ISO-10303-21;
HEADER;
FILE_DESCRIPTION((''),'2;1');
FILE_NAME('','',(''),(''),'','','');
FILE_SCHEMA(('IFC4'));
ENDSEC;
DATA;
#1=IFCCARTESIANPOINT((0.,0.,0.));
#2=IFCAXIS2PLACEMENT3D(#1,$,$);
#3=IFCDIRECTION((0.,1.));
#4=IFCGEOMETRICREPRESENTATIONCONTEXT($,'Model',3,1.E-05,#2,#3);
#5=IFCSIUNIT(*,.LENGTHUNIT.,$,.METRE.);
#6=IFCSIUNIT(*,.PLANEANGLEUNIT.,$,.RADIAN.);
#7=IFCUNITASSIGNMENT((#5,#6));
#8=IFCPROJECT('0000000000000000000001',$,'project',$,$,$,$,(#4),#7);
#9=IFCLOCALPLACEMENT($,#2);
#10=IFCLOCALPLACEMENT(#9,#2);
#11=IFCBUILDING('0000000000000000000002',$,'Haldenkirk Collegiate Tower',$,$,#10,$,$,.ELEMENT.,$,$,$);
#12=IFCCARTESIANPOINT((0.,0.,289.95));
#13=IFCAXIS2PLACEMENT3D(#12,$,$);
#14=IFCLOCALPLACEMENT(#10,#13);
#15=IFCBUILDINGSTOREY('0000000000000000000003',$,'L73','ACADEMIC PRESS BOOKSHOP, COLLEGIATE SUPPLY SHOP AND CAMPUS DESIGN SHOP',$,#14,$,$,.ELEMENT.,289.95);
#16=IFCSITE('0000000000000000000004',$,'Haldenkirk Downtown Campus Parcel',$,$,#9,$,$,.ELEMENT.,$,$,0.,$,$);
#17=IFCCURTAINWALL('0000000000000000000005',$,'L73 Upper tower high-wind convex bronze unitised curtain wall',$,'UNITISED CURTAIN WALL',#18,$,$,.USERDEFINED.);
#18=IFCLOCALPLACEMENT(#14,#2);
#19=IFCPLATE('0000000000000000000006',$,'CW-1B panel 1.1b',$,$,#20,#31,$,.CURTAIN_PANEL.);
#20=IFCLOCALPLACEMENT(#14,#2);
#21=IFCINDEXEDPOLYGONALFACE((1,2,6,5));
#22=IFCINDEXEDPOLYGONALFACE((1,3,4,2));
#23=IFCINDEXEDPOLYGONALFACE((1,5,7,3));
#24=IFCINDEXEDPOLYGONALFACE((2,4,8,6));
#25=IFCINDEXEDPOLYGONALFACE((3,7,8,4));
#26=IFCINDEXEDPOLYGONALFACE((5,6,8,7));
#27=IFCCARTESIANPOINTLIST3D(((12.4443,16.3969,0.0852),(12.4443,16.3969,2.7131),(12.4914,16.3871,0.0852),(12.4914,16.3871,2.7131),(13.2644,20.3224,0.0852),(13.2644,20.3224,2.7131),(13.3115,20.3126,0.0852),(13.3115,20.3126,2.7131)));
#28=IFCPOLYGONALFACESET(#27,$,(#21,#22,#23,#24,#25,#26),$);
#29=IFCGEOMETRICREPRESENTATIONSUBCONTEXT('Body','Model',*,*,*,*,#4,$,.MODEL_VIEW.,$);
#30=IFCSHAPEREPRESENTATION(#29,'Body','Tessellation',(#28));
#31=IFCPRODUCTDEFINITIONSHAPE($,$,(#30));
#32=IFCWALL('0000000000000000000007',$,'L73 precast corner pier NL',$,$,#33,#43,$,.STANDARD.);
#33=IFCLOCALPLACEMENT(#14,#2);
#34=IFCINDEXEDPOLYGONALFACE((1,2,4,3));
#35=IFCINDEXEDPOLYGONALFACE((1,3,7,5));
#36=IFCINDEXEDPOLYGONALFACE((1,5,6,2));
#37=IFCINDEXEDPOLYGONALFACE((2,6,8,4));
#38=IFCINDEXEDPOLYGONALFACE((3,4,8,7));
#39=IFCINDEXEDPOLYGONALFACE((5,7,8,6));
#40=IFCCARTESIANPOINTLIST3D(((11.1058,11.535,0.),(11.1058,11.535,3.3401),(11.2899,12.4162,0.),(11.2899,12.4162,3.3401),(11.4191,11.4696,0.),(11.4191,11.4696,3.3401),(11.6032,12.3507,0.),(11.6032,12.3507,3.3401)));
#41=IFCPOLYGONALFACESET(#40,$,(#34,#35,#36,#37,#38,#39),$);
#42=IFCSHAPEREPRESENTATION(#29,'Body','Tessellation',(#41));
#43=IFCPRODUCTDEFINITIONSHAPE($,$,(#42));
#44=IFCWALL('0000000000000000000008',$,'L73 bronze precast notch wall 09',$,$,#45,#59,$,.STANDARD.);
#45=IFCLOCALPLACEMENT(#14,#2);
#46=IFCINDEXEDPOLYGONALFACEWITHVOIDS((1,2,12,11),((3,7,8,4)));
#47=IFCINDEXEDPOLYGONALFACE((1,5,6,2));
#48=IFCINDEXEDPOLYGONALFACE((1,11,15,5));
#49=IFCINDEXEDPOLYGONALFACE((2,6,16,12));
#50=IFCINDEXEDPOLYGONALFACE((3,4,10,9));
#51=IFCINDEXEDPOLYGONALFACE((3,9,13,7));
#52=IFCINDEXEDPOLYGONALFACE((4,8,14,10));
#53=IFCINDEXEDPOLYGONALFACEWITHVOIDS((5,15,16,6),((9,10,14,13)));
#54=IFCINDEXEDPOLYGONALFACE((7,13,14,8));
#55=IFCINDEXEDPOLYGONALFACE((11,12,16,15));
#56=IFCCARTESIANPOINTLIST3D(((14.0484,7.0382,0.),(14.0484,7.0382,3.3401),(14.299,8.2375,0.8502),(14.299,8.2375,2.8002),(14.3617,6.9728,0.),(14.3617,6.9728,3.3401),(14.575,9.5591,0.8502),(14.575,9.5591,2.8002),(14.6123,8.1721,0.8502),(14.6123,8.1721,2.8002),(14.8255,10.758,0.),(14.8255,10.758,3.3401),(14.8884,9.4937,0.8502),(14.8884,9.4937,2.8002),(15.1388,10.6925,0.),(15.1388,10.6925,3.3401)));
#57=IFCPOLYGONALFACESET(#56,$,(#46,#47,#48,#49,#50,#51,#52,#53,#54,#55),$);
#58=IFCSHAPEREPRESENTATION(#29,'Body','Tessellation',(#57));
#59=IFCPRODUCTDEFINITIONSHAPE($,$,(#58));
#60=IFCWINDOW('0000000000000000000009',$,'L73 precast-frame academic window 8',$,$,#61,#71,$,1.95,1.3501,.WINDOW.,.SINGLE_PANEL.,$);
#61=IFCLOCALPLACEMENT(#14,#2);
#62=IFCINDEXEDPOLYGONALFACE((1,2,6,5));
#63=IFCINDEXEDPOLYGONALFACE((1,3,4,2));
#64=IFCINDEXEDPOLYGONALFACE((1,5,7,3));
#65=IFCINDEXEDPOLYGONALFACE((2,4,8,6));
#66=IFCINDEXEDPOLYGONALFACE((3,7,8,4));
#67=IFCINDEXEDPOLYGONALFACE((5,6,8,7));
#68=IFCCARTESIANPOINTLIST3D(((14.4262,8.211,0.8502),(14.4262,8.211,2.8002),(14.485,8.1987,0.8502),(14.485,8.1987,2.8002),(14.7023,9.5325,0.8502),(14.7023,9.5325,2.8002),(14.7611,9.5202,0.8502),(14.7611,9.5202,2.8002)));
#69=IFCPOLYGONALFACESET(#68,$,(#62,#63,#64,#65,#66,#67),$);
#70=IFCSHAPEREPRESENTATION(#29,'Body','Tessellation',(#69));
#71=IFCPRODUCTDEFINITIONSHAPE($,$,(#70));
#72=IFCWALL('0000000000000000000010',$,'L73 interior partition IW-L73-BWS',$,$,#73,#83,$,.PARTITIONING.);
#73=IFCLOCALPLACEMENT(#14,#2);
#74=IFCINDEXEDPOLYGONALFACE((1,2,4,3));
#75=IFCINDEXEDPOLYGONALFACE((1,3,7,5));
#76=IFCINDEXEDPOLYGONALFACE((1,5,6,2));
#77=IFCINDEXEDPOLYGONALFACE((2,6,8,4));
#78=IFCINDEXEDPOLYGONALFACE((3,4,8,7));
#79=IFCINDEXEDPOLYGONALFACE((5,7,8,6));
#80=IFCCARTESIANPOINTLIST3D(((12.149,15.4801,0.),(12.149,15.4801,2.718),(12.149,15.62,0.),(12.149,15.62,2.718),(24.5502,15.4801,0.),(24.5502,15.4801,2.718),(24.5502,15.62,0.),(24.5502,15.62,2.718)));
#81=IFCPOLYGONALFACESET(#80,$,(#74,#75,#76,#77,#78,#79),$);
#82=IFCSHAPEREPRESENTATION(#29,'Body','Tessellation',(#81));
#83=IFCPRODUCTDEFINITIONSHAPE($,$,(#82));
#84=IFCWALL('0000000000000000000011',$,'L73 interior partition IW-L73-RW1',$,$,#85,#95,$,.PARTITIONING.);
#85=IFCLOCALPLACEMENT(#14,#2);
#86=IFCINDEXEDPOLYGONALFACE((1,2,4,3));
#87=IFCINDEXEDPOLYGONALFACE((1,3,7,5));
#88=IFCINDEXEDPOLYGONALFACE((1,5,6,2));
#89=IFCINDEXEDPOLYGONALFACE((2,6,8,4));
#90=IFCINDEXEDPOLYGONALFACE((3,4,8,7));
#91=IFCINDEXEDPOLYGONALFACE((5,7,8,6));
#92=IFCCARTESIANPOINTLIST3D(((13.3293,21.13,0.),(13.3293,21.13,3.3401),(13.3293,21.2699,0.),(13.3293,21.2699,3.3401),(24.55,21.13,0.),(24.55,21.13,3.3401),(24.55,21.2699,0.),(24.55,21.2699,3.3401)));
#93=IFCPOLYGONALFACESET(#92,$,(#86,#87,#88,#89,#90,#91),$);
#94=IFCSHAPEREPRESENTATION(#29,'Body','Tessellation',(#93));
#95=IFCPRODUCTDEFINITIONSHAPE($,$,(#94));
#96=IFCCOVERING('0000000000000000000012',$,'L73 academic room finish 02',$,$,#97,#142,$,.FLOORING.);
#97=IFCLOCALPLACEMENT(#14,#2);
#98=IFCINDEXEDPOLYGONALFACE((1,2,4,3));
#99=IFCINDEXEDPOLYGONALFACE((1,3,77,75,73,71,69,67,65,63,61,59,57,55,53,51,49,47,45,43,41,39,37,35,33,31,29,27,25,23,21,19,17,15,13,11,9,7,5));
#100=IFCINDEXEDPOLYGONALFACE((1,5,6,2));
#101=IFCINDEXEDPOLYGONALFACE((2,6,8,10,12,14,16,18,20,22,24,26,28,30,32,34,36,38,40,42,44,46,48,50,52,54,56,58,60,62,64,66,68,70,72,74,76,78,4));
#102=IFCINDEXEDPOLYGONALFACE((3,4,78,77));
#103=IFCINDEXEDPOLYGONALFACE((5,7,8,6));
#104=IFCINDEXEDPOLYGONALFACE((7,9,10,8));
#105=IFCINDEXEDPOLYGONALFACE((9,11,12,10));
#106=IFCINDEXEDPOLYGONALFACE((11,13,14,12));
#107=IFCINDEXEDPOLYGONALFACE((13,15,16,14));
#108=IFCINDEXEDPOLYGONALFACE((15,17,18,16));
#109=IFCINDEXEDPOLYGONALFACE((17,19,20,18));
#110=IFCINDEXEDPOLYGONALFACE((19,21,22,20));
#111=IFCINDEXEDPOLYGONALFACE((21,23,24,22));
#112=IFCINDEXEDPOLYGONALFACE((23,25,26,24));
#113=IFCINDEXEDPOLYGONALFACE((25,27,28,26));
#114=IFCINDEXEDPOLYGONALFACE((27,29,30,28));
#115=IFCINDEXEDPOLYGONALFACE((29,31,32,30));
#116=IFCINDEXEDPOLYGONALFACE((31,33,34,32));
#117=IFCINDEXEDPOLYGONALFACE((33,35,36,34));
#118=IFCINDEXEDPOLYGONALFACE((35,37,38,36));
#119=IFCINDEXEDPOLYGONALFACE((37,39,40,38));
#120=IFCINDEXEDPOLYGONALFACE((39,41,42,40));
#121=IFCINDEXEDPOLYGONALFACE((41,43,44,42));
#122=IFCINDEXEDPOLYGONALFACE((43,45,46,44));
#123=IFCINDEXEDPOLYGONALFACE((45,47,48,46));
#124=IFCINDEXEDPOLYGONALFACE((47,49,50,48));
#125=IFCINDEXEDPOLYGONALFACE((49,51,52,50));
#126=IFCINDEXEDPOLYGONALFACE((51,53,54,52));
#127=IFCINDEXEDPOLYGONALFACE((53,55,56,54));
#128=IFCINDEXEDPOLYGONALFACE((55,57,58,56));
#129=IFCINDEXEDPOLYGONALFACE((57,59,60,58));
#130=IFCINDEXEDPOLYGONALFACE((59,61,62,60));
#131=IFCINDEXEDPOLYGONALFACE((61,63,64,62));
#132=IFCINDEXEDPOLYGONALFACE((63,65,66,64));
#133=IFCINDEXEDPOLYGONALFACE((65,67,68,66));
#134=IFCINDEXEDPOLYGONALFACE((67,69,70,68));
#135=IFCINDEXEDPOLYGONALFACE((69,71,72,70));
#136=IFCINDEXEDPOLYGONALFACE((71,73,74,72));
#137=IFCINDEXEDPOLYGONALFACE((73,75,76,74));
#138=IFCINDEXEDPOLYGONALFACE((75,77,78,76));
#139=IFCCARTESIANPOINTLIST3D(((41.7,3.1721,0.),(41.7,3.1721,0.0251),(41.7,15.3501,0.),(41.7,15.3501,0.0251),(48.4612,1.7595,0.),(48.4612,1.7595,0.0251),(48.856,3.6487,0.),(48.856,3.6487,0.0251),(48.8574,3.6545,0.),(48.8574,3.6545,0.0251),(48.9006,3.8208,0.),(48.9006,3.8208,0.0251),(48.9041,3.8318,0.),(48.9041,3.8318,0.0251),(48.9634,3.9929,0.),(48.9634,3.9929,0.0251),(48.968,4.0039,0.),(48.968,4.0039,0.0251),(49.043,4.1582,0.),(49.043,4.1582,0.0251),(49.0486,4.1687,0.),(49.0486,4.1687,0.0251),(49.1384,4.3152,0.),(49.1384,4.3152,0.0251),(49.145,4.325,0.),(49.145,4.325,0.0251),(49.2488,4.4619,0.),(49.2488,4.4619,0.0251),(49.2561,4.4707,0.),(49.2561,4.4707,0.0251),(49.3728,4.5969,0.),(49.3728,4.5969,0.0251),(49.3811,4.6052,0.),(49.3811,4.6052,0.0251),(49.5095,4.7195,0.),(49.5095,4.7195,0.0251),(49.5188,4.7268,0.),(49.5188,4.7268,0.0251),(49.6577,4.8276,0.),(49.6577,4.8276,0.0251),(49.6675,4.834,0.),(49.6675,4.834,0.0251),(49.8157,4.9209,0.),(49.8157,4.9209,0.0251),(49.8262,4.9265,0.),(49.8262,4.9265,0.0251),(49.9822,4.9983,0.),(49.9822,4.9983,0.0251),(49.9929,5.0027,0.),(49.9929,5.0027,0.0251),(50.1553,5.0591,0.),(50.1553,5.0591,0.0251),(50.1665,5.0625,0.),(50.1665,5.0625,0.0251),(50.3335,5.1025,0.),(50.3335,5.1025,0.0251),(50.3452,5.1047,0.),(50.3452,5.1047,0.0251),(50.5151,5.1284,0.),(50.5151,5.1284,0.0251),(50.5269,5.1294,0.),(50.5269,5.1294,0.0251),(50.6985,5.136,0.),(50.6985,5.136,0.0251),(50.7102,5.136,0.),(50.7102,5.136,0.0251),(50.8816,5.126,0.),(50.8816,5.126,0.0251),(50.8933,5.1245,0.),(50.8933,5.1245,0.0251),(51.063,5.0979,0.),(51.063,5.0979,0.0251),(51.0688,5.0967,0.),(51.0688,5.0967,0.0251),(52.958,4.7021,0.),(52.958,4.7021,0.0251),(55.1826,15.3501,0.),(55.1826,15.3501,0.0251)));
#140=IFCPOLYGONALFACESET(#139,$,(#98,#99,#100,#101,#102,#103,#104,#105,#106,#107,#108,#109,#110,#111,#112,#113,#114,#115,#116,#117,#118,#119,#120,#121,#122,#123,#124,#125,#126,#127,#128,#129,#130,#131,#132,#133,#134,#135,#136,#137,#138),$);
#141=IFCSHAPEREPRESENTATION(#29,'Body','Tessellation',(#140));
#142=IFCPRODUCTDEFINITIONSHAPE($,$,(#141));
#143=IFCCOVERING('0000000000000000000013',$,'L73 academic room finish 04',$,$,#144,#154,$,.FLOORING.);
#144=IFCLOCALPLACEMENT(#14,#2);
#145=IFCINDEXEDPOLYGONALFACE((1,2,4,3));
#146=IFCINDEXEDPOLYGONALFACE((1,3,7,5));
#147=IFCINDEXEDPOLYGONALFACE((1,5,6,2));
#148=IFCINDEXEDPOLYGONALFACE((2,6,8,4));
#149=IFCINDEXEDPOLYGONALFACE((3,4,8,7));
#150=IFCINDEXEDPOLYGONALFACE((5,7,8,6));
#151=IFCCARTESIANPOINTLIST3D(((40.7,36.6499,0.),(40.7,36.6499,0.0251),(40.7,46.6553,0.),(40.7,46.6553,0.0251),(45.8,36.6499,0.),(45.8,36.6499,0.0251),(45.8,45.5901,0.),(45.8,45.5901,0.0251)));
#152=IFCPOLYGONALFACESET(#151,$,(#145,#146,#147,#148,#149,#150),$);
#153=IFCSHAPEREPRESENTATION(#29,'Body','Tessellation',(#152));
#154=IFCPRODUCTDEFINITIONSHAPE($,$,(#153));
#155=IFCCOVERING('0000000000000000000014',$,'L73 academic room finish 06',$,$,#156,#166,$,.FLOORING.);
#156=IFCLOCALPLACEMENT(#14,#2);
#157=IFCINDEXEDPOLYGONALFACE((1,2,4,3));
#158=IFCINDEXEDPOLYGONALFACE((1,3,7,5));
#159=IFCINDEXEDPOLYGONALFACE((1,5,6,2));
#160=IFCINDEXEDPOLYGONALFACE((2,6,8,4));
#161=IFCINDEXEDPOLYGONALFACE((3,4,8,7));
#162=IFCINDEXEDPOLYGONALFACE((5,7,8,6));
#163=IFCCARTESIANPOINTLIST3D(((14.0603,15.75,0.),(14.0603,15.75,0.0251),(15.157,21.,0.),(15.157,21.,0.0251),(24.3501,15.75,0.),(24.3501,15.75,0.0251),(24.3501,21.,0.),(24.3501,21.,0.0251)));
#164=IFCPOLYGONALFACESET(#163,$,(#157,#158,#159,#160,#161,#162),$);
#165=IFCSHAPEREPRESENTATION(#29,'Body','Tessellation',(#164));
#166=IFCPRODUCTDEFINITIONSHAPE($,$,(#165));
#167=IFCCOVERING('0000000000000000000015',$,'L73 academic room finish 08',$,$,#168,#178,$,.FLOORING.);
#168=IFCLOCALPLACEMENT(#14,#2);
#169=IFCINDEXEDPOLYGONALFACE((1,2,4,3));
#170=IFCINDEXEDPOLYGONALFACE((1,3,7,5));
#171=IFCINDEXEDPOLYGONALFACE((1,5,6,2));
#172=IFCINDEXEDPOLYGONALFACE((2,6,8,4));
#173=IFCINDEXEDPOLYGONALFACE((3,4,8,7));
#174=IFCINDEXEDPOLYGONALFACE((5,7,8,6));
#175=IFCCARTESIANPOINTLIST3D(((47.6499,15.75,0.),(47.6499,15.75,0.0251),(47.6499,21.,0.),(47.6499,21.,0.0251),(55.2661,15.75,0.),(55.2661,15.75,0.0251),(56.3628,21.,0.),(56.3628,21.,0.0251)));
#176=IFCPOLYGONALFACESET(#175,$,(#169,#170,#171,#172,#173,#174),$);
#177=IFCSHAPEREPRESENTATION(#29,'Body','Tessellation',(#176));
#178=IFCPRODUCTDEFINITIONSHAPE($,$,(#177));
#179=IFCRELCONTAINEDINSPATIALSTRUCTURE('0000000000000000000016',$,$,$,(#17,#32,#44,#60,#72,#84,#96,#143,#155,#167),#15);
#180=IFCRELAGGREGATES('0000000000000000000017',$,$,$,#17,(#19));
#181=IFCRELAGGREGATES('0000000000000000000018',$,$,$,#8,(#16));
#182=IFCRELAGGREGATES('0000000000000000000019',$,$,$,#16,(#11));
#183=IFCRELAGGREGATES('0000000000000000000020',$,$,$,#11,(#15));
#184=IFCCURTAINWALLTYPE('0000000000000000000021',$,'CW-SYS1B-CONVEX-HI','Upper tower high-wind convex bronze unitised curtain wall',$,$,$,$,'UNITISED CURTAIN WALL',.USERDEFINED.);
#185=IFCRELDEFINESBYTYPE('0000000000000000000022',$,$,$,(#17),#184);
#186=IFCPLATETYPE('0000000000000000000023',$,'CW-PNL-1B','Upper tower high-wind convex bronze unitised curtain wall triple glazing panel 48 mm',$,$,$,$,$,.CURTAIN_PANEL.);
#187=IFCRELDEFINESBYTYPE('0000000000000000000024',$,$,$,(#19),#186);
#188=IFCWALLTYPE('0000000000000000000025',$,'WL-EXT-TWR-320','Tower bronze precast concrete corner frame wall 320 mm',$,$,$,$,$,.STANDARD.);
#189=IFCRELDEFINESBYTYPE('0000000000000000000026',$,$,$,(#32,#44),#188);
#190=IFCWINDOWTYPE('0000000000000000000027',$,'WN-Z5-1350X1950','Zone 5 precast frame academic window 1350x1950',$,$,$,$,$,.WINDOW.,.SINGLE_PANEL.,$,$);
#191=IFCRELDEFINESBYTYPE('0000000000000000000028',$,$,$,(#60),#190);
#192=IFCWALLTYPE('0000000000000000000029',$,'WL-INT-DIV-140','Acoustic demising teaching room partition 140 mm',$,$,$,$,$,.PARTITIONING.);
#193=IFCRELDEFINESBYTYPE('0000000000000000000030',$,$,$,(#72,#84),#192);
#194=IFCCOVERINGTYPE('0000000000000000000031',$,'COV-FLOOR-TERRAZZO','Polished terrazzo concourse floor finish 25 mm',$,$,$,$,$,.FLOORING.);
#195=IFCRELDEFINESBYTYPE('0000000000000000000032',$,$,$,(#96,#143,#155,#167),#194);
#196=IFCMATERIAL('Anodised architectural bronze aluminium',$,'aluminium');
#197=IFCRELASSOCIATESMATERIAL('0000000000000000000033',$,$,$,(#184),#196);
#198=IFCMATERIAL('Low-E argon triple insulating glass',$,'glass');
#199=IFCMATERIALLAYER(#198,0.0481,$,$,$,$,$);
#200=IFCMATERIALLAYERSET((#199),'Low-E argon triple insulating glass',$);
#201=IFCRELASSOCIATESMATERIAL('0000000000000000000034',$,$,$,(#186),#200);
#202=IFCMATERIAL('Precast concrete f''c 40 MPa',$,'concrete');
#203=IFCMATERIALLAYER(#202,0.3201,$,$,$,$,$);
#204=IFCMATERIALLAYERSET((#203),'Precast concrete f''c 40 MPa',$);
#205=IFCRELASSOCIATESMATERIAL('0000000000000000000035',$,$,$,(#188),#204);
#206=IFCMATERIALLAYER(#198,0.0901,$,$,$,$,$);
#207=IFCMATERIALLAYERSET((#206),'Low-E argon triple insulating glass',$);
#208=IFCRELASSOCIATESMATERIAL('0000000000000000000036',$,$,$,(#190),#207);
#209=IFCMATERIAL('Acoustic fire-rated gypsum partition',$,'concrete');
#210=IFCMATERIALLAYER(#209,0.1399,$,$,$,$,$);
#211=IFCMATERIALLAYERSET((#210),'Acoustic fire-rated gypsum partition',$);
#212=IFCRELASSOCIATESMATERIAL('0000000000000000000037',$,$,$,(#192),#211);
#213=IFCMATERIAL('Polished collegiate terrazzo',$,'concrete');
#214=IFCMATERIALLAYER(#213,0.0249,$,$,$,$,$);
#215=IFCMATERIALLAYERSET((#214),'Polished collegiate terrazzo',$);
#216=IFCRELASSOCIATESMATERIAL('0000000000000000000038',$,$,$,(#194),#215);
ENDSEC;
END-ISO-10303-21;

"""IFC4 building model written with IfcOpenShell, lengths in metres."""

from ifc_helpers import new_model, si_unit, direction, frame, frame_2d, origin, origin_2d, place, context, subcontext, project, spatial, polyline, rectangle, outline, extrude, source, transform, mapped, material, layer, layer_set, type_object, element, fill, aggregate, save


model = new_model("IFC4")

# Units and contexts
model_context = context("Model", 3, precision=1e-05, world=origin(), true_north=direction((0.0, 1.0)))
body_context = subcontext(model_context, "Body", "Model", "MODEL_VIEW")
ifc_project = project(units=[si_unit("LENGTHUNIT", "METRE"), si_unit("PLANEANGLEUNIT", "RADIAN")], contexts=[model_context])

# Site, building, storey
site_placement = place(None, origin())
site = spatial("IfcSite", under=ifc_project, at=site_placement, Name="Haldenkirk Downtown Campus Parcel", CompositionType="ELEMENT", RefElevation=0.0)
building_placement = place(site_placement, origin())
building = spatial("IfcBuilding", under=site, at=building_placement, Name="Haldenkirk Collegiate Tower", CompositionType="ELEMENT")
storey_placement = place(building_placement, frame((0.0, 0.0, 289.95)))
storey = spatial("IfcBuildingStorey", under=building, at=storey_placement, Name="L73", Description="ACADEMIC PRESS BOOKSHOP, COLLEGIATE SUPPLY SHOP AND CAMPUS DESIGN SHOP", CompositionType="ELEMENT", Elevation=289.95)

# Curtain wall
ifc_material_1 = material(Name="Anodised architectural bronze aluminium", Category="aluminium")
curtain_wall_type = type_object("IfcCurtainWallType", Name="CW-SYS1B-CONVEX-HI", Description="Upper tower high-wind convex bronze unitised curtain wall", ElementType="UNITISED CURTAIN WALL", PredefinedType="USERDEFINED", material=ifc_material_1)
curtain_wall_placement = place(storey_placement, origin())
curtain_wall = element("IfcCurtainWall", 1, at=curtain_wall_placement, inside=storey, type_object=curtain_wall_type, Name="L73 Upper tower high-wind convex bronze unitised curtain wall", ObjectType="UNITISED CURTAIN WALL", PredefinedType="USERDEFINED")

# Plate
ifc_material_2 = material(Name="Low-E argon triple insulating glass", Category="glass")
ifc_layer_1 = layer(ifc_material_2, 0.0481)
ifc_layer_set_1 = layer_set([ifc_layer_1], Name="Low-E argon triple insulating glass")
plate_type = type_object("IfcPlateType", Name="CW-PNL-1B", Description="Upper tower high-wind convex bronze unitised curtain wall triple glazing panel 48 mm", PredefinedType="CURTAIN_PANEL", material=ifc_layer_set_1)
shared_shape_1 = source(origin(), body_context, "Body", "SweptSolid", [
    extrude(rectangle(XDim=4.0103, YDim=0.0481, at=origin_2d()), origin(), (0.0, 0.0, 1.0), 2.6279),
])
plate_1_placement = place(storey_placement, frame((12.8779, 18.3547, 0.0852), z_axis=(0.0, 0.0, 1.0), x_axis=(0.204499, 0.978867, 0.0)))
plate_1 = element("IfcPlate", 2, at=plate_1_placement, type_object=plate_type, Name="CW-1B panel 1.1b", PredefinedType="CURTAIN_PANEL", context=body_context, shape_type="MappedRepresentation", body=[
    mapped(shared_shape_1, transform((0.0, 0.0, 0.0), x_axis=(1.0, 0.0, 0.0), y_axis=(0.0, 1.0, 0.0), z_axis=(0.0, 0.0, 1.0), scale=1.0)),
])
aggregate(curtain_wall, [plate_1])

# Wall
ifc_material_3 = material(Name="Precast concrete f'c 40 MPa", Category="concrete")
ifc_layer_2 = layer(ifc_material_3, 0.3201)
ifc_layer_set_2 = layer_set([ifc_layer_2], Name="Precast concrete f'c 40 MPa")
wall_type_1 = type_object("IfcWallType", Name="WL-EXT-TWR-320", Description="Tower bronze precast concrete corner frame wall 320 mm", PredefinedType="STANDARD", material=ifc_layer_set_2)
wall_1_placement = place(storey_placement, frame((11.2625, 11.5022, 0.0), z_axis=(0.0, 0.0, 1.0), x_axis=(0.204507, 0.978865, 0.0)))
element("IfcWall", 3, at=wall_1_placement, inside=storey, type_object=wall_type_1, Name="L73 precast corner pier NL", PredefinedType="STANDARD", context=body_context, shape_type="SweptSolid", body=[
    extrude(rectangle(XDim=0.9001, YDim=0.3201, at=frame_2d((0.4502, 0.0))), origin(), (0.0, 0.0, 1.0), 3.3401),
])

# Wall, opening, window
wall_2_placement = place(storey_placement, frame((14.2051, 7.0056, 0.0), z_axis=(0.0, 0.0, 1.0), x_axis=(0.204498, 0.978867, 0.0)))
wall_2 = element("IfcWall", 4, at=wall_2_placement, inside=storey, type_object=wall_type_1, Name="L73 bronze precast notch wall 09", PredefinedType="STANDARD", context=body_context, shape_type="SweptSolid", body=[
    extrude(rectangle(XDim=3.8, YDim=0.3201, at=frame_2d((1.8999, 0.0))), origin(), (0.0, 0.0, 1.0), 3.3401),
])
opening_placement = place(wall_2_placement, frame((1.2251, 0.0, 0.8501)))
opening = element("IfcOpeningElement", 5, at=opening_placement, cuts=wall_2, PredefinedType="OPENING", context=body_context, shape_type="SweptSolid", body=[
    extrude(rectangle(XDim=1.3501, YDim=1.95, at=frame_2d((0.675, 0.9751))), frame((0.0, 0.1699, 0.0), z_axis=(0.0, -1.0, 0.0), x_axis=(1.0, 0.0, 0.0)), (0.0, 0.0, 1.0), 0.3401),
])
ifc_layer_3 = layer(ifc_material_2, 0.0901)
ifc_layer_set_3 = layer_set([ifc_layer_3], Name="Low-E argon triple insulating glass")
window_type = type_object("IfcWindowType", Name="WN-Z5-1350X1950", Description="Zone 5 precast frame academic window 1350x1950", PartitioningType="SINGLE_PANEL", PredefinedType="WINDOW", material=ifc_layer_set_3)
window_placement = place(opening_placement, origin())
window = element("IfcWindow", 6, at=window_placement, inside=storey, type_object=window_type, Name="L73 precast-frame academic window 8", OverallHeight=1.95, OverallWidth=1.3501, PartitioningType="SINGLE_PANEL", PredefinedType="WINDOW", context=body_context, shape_type="SweptSolid", body=[
    extrude(rectangle(XDim=1.3501, YDim=1.95, at=frame_2d((0.675, 0.9751))), frame((0.0, 0.03, 0.0), z_axis=(0.0, -1.0, 0.0), x_axis=(1.0, 0.0, 0.0)), (0.0, 0.0, 1.0), 0.0601),
])
fill(opening, window)

# Walls
ifc_material_4 = material(Name="Acoustic fire-rated gypsum partition", Category="concrete")
ifc_layer_4 = layer(ifc_material_4, 0.1399)
ifc_layer_set_4 = layer_set([ifc_layer_4], Name="Acoustic fire-rated gypsum partition")
wall_type_2 = type_object("IfcWallType", Name="WL-INT-DIV-140", Description="Acoustic demising teaching room partition 140 mm", PredefinedType="PARTITIONING", material=ifc_layer_set_4)
wall_3_placement = place(storey_placement, frame((12.1489, 15.55, 0.0), z_axis=(0.0, 0.0, 1.0), x_axis=(1.0, 0.0, 0.0)))
element("IfcWall", 7, at=wall_3_placement, inside=storey, type_object=wall_type_2, Name="L73 interior partition IW-L73-BWS", PredefinedType="PARTITIONING", context=body_context, shape_type="SweptSolid", body=[
    extrude(rectangle(XDim=12.4011, YDim=0.1399, at=frame_2d((6.2007, 0.0))), origin(), (0.0, 0.0, 1.0), 2.718),
])
wall_4_placement = place(storey_placement, frame((13.3293, 21.2, 0.0), z_axis=(0.0, 0.0, 1.0), x_axis=(1.0, 0.0, 0.0)))
element("IfcWall", 8, at=wall_4_placement, inside=storey, type_object=wall_type_2, Name="L73 interior partition IW-L73-RW1", PredefinedType="PARTITIONING", context=body_context, shape_type="SweptSolid", body=[
    extrude(rectangle(XDim=11.2207, YDim=0.1399, at=frame_2d((5.6104, 0.0))), origin(), (0.0, 0.0, 1.0), 3.3401),
])

# Coverings
ifc_material_5 = material(Name="Polished collegiate terrazzo", Category="concrete")
ifc_layer_5 = layer(ifc_material_5, 0.0249)
ifc_layer_set_5 = layer_set([ifc_layer_5], Name="Polished collegiate terrazzo")
covering_type_1 = type_object("IfcCoveringType", Name="COV-FLOOR-TERRAZZO", Description="Polished terrazzo concourse floor finish 25 mm", PredefinedType="FLOORING", material=ifc_layer_set_5)
covering_1_placement = place(storey_placement, origin())
element("IfcCovering", 9, at=covering_1_placement, inside=storey, type_object=covering_type_1, Name="L73 academic room finish 02", PredefinedType="FLOORING", context=body_context, shape_type="SweptSolid", body=[
    extrude(outline(polyline([(50.3452, 5.1047), (50.3335, 5.1025), (50.1665, 5.0625), (50.1553, 5.0591), (49.9929, 5.0027), (49.9822, 4.9983), (49.8262, 4.9265), (49.8157, 4.9209), (49.6675, 4.834), (49.6577, 4.8276), (49.5188, 4.7268), (49.5095, 4.7195), (49.3811, 4.6052), (49.3728, 4.5969), (49.2561, 4.4707), (49.2488, 4.4619), (49.145, 4.325), (49.1384, 4.3152), (49.0486, 4.1687), (49.043, 4.1582), (48.968, 4.0039), (48.9634, 3.9929), (48.9041, 3.8318), (48.9006, 3.8208), (48.8574, 3.6545), (48.856, 3.6487), (48.4612, 1.7595), (41.7, 3.1721), (41.7, 15.3501), (55.1826, 15.3501), (52.958, 4.7021), (51.0688, 5.0967), (51.063, 5.0979), (50.8933, 5.1245), (50.8816, 5.126), (50.7102, 5.136), (50.6985, 5.136), (50.5269, 5.1294), (50.5151, 5.1284), (50.3452, 5.1047)])), origin(), (0.0, 0.0, 1.0), 0.0251),
])
covering_2_placement = place(storey_placement, origin())
element("IfcCovering", 10, at=covering_2_placement, inside=storey, type_object=covering_type_1, Name="L73 academic room finish 04", PredefinedType="FLOORING", context=body_context, shape_type="SweptSolid", body=[
    extrude(outline(polyline([(45.8, 45.5901), (45.8, 36.6499), (40.7, 36.6499), (40.7, 46.6553), (45.8, 45.5901)])), origin(), (0.0, 0.0, 1.0), 0.0251),
])
covering_3_placement = place(storey_placement, origin())
element("IfcCovering", 11, at=covering_3_placement, inside=storey, type_object=covering_type_1, Name="L73 academic room finish 06", PredefinedType="FLOORING", context=body_context, shape_type="SweptSolid", body=[
    extrude(outline(polyline([(15.157, 21.0), (24.3501, 21.0), (24.3501, 15.75), (14.0603, 15.75), (15.157, 21.0)])), origin(), (0.0, 0.0, 1.0), 0.0251),
])
covering_4_placement = place(storey_placement, origin())
element("IfcCovering", 12, at=covering_4_placement, inside=storey, type_object=covering_type_1, Name="L73 academic room finish 08", PredefinedType="FLOORING", context=body_context, shape_type="SweptSolid", body=[
    extrude(outline(polyline([(55.2661, 15.75), (47.6499, 15.75), (47.6499, 21.0), (56.3628, 21.0), (55.2661, 15.75)])), origin(), (0.0, 0.0, 1.0), 0.0251),
])

save(model, "model.ifc")
